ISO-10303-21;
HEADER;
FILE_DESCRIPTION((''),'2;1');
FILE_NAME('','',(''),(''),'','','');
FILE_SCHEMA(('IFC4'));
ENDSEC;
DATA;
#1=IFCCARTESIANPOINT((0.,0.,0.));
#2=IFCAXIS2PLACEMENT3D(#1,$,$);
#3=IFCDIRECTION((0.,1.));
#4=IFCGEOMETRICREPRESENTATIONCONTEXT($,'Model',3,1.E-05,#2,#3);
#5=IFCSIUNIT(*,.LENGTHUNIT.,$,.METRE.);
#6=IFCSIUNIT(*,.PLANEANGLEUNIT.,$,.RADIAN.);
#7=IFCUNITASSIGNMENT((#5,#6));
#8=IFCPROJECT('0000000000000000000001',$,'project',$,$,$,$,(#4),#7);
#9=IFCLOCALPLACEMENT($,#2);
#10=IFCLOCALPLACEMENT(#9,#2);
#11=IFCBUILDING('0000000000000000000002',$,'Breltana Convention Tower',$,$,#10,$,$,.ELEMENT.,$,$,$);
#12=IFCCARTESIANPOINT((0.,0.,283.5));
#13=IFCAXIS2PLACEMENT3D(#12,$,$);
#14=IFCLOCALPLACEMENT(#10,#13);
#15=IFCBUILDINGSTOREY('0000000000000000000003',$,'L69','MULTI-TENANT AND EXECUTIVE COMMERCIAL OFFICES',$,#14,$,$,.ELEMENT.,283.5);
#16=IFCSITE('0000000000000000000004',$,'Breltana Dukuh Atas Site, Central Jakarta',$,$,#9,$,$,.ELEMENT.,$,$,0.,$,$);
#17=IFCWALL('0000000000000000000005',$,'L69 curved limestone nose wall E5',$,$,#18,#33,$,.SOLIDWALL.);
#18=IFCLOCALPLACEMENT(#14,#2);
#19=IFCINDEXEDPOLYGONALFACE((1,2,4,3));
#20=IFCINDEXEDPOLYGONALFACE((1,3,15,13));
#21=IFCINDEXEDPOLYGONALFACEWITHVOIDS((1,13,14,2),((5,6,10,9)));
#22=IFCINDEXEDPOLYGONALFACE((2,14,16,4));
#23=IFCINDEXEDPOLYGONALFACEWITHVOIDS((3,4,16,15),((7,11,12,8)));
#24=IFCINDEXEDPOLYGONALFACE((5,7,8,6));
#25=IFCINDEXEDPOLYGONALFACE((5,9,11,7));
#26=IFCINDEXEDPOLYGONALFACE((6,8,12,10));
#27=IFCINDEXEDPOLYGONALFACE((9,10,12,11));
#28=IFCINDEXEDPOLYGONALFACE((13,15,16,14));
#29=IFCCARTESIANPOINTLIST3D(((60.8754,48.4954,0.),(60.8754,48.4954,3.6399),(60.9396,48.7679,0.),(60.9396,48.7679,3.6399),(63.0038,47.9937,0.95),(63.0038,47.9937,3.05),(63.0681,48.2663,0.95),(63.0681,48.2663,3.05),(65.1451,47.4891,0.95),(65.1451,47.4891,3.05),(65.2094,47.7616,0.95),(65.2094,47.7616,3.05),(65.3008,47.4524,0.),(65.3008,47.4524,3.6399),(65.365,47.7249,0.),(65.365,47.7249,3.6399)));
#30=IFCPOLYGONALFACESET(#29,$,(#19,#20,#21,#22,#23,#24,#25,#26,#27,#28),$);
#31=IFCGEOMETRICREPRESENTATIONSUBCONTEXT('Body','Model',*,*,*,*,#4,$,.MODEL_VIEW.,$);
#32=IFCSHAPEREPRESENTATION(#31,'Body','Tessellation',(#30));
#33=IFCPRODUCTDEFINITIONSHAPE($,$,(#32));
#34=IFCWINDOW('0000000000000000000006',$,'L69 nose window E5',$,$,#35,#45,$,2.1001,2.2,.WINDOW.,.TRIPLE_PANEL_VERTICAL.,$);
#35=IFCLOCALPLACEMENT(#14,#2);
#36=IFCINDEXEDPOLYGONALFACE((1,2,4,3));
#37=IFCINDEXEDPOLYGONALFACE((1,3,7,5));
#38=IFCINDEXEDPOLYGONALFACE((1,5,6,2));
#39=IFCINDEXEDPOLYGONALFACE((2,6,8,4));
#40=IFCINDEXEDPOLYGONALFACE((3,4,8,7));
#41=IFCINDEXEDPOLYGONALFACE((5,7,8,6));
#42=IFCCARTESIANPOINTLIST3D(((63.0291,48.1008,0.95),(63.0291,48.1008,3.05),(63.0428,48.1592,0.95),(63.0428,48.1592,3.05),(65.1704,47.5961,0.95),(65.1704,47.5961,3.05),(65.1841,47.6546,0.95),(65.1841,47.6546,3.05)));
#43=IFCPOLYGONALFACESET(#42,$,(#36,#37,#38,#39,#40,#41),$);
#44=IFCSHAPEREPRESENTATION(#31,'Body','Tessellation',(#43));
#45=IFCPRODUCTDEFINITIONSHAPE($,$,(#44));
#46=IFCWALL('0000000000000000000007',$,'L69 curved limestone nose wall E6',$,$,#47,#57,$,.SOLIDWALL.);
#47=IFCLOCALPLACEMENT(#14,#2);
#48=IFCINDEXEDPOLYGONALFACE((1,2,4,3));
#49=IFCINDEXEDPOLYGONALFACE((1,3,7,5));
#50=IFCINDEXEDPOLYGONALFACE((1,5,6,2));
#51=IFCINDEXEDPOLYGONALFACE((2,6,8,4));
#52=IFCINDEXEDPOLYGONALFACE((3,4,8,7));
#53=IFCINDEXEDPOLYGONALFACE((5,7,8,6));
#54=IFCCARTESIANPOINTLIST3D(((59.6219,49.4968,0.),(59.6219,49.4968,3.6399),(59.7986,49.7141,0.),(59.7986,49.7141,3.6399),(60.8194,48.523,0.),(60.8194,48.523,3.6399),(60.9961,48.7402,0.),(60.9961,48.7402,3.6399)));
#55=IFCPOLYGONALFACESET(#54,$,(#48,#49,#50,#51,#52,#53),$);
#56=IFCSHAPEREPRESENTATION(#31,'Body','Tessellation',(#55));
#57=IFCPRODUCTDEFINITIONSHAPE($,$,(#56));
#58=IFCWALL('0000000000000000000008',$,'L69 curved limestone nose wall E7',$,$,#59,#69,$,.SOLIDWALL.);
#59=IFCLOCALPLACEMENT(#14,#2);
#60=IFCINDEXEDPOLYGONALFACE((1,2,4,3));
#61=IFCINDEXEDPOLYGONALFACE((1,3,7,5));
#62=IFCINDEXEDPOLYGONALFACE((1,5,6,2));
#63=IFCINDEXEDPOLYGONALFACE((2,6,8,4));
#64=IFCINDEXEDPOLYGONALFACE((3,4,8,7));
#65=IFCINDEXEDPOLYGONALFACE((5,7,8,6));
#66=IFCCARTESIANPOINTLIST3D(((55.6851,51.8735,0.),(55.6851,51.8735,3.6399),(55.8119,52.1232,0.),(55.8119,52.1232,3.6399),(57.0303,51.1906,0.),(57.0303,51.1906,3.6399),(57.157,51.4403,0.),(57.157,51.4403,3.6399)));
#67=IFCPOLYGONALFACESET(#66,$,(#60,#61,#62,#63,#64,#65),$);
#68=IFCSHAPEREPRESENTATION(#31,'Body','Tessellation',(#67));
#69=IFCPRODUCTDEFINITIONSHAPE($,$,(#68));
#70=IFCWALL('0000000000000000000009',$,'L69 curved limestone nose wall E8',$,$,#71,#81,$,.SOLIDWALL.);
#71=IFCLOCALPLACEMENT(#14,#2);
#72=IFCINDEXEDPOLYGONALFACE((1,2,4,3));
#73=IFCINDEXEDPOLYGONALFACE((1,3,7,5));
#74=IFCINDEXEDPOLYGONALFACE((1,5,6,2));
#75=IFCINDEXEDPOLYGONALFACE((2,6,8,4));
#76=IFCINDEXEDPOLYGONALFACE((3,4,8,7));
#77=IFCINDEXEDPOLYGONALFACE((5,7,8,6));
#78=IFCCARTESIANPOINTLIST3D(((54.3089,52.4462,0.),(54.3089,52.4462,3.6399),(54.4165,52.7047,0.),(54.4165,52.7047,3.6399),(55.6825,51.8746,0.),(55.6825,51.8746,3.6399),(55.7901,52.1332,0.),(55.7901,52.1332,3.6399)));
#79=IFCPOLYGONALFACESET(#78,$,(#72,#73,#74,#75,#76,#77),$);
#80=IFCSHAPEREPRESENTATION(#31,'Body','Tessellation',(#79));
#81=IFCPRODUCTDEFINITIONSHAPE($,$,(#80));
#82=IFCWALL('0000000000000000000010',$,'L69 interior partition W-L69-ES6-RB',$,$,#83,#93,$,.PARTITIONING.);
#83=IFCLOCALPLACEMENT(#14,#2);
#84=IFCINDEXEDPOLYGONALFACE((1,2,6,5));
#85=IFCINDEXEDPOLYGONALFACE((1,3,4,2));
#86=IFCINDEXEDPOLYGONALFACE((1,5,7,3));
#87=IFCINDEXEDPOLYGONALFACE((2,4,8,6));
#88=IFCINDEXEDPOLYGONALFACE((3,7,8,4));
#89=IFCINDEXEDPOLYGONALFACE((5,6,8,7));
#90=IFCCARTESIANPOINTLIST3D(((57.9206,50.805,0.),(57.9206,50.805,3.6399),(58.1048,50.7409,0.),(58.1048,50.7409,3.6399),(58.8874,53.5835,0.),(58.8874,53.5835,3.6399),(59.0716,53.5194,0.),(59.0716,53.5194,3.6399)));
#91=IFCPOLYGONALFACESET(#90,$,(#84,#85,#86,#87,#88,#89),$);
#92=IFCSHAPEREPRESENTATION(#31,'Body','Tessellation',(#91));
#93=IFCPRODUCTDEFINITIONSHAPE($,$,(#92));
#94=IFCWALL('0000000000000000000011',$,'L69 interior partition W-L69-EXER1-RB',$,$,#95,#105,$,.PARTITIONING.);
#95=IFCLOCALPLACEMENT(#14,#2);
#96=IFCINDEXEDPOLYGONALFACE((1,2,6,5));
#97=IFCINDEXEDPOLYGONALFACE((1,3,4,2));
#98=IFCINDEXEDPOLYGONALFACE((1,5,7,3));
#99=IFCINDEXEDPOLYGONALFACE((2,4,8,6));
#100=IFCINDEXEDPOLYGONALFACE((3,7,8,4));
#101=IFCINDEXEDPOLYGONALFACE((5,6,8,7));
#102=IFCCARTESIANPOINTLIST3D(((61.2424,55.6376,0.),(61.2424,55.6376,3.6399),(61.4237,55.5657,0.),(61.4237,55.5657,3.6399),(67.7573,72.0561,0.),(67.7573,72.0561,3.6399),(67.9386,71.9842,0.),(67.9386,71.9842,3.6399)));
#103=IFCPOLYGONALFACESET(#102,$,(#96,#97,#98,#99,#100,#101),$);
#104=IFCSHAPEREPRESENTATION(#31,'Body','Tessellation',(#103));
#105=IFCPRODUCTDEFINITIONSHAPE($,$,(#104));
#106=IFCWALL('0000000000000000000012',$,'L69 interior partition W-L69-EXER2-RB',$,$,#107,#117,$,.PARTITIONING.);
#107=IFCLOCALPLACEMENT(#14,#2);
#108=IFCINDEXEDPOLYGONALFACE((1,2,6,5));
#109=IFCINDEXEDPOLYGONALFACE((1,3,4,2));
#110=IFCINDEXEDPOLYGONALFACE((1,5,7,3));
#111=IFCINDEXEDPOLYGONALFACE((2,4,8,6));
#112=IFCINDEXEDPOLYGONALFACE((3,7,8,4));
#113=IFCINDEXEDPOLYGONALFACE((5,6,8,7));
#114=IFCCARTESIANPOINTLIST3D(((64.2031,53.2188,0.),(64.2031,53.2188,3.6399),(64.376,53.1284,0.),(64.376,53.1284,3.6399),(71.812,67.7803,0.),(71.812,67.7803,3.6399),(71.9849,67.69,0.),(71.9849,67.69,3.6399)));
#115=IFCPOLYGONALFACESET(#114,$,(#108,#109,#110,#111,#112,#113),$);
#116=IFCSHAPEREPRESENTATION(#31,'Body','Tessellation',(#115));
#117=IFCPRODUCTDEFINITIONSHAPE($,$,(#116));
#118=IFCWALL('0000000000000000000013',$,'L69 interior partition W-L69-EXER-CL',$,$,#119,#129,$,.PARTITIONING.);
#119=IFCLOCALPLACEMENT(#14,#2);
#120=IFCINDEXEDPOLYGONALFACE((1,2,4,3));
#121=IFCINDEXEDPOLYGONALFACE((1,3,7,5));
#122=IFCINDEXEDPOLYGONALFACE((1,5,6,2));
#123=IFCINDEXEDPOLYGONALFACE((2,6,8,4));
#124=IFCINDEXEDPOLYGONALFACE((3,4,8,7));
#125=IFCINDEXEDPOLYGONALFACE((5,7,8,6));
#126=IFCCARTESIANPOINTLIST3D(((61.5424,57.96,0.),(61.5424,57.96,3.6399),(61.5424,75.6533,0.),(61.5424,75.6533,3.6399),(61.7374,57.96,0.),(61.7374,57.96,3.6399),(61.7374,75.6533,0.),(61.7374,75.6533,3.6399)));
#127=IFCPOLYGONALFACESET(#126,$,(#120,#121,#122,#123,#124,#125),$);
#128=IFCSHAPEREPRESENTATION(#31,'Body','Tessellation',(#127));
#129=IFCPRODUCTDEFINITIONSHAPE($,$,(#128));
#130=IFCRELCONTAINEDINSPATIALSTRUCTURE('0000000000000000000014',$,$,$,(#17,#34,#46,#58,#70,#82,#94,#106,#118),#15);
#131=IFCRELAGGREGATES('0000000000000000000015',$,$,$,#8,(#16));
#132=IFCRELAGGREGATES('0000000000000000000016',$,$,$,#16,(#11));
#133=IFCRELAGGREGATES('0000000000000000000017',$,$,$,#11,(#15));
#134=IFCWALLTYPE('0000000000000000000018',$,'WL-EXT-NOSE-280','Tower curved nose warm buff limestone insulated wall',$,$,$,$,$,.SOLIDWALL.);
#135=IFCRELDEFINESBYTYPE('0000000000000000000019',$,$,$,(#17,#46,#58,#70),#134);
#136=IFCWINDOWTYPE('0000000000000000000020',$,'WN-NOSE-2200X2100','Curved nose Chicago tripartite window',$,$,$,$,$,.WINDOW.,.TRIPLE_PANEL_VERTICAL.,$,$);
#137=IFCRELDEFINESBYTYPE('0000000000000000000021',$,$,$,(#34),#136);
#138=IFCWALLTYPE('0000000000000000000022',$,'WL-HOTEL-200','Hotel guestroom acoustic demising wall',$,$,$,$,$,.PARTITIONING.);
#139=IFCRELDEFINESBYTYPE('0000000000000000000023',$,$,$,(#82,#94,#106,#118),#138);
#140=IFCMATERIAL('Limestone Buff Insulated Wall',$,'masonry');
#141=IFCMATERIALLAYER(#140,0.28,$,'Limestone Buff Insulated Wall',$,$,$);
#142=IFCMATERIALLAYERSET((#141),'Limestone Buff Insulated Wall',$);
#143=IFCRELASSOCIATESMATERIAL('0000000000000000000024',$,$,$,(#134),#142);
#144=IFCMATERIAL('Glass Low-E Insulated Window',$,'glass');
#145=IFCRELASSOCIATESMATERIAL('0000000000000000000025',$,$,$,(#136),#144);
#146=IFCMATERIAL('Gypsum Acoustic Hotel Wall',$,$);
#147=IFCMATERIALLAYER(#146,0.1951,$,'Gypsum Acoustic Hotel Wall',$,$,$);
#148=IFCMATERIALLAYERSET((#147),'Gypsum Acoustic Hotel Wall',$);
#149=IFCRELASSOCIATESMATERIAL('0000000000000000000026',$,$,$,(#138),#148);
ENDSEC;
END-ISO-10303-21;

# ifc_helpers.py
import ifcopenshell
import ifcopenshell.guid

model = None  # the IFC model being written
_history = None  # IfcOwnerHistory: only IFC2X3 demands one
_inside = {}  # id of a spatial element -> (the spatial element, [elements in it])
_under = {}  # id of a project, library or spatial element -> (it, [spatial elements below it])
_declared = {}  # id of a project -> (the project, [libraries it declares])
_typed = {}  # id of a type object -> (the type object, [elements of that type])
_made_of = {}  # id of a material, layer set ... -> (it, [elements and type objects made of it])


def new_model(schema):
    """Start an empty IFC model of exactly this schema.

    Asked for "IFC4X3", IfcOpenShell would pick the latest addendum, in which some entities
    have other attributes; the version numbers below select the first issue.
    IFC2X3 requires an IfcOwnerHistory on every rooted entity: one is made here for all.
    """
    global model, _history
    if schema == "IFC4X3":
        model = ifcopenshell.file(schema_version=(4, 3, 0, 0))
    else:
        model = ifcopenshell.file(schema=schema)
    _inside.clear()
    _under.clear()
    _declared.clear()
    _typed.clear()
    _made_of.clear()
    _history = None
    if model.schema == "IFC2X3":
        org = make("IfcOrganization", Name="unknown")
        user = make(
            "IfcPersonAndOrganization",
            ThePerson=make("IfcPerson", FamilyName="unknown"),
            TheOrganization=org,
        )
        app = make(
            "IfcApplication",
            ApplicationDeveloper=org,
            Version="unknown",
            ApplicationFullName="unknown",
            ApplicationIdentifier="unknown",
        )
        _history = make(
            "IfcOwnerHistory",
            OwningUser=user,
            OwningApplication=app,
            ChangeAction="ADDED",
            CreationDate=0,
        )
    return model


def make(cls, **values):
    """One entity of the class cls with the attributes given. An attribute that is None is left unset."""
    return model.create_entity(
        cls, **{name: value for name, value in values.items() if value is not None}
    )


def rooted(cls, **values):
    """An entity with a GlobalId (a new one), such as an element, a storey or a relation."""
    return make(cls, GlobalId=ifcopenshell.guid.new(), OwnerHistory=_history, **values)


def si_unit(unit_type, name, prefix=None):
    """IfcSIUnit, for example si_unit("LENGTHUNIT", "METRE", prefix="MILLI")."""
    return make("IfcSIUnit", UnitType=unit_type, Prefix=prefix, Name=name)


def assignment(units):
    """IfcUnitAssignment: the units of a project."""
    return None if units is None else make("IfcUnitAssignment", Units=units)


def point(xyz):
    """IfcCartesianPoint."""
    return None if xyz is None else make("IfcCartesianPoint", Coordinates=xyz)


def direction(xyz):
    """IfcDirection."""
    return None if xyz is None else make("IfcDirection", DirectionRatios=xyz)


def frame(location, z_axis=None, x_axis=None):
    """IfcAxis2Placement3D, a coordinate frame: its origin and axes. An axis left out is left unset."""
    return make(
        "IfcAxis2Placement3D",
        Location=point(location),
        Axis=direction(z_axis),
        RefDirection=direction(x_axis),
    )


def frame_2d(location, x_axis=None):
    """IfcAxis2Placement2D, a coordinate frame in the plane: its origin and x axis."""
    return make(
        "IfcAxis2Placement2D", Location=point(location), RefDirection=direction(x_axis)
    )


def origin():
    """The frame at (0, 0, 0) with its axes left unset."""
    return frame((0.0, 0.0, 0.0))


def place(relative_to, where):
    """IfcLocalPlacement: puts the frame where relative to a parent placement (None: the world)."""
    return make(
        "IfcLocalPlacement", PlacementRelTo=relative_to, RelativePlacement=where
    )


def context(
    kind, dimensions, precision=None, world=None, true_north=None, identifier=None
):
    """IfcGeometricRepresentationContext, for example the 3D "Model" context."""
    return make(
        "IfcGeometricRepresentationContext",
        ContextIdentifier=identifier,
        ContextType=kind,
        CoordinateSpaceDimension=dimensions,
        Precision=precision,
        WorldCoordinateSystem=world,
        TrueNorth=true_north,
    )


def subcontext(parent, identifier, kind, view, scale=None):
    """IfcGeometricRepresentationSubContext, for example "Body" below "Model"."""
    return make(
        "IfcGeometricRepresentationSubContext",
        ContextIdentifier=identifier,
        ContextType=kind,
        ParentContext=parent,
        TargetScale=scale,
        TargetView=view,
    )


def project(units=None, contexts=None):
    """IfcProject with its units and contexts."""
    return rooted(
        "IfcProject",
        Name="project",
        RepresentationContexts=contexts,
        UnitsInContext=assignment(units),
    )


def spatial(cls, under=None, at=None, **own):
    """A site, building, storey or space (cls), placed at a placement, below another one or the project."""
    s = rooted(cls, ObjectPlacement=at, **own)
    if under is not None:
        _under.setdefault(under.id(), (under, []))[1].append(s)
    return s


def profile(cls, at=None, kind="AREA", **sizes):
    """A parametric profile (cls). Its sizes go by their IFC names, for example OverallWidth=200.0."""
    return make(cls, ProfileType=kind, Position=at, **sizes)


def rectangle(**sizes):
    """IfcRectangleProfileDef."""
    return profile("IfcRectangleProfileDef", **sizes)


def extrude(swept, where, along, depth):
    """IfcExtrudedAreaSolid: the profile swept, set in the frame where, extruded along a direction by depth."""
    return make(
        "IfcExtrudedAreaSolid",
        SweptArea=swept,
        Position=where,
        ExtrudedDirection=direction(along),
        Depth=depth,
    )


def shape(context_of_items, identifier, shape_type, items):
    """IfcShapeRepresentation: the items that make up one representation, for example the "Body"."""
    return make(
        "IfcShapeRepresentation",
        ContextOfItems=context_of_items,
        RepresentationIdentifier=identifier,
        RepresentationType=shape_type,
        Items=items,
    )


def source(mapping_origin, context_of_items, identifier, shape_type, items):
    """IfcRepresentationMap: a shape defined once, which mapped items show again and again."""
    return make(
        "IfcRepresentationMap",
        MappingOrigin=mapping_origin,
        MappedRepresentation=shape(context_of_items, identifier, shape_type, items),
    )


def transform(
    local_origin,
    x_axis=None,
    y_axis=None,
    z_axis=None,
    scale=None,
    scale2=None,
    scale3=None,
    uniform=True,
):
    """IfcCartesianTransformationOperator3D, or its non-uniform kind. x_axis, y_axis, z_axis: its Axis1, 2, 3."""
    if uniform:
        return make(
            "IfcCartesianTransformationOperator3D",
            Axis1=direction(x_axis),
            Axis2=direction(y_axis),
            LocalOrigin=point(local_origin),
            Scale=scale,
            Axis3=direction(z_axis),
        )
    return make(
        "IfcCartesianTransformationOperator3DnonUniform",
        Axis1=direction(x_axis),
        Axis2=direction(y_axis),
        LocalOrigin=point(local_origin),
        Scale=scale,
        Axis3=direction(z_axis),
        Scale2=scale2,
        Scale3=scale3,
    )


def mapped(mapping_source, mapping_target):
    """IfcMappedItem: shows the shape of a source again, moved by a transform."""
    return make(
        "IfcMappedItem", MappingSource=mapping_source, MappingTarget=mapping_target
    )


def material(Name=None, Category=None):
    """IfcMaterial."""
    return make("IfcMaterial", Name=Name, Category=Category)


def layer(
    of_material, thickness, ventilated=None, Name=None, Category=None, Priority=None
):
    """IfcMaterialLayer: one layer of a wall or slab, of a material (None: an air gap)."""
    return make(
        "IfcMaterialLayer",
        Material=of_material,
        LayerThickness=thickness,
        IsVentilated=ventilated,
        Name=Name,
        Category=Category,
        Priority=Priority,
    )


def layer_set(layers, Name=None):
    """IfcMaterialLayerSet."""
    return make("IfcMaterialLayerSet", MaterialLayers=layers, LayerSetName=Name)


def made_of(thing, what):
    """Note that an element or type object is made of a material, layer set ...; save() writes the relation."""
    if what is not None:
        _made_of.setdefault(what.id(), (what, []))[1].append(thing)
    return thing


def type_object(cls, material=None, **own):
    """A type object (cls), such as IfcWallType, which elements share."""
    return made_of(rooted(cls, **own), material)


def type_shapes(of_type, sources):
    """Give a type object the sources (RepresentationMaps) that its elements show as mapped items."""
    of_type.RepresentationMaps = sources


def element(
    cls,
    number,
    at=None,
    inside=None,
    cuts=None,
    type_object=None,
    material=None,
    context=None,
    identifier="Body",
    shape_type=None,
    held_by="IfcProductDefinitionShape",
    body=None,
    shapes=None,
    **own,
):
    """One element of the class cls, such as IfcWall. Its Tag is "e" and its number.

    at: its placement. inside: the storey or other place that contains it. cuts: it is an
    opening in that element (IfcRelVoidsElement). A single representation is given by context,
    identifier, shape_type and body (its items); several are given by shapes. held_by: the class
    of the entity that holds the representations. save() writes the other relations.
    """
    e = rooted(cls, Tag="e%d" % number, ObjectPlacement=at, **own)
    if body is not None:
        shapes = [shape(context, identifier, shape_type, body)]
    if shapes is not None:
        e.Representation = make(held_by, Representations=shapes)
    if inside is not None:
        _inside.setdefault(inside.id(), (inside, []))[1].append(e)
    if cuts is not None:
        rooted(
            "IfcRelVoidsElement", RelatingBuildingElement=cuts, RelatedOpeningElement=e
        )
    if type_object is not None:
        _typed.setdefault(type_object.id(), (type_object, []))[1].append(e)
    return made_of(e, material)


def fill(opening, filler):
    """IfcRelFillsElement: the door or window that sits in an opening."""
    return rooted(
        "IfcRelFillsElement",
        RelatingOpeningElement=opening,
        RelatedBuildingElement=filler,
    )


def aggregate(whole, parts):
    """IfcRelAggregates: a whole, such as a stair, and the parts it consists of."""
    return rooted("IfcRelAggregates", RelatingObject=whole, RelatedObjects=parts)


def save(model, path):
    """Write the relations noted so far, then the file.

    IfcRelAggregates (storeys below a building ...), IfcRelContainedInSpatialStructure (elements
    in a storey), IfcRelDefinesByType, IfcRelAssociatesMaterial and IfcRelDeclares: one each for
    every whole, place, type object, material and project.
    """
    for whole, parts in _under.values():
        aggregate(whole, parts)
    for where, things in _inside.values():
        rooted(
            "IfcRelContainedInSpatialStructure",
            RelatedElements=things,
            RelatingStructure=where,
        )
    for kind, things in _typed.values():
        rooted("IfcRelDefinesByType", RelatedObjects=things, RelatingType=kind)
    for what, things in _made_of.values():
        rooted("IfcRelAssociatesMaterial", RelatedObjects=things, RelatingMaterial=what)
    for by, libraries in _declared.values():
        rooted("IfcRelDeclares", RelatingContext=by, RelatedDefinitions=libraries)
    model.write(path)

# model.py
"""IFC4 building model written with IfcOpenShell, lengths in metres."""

from ifc_helpers import new_model, si_unit, direction, frame, frame_2d, origin, place, context, subcontext, project, spatial, rectangle, extrude, source, transform, mapped, material, layer, layer_set, type_object, type_shapes, element, fill, save


model = new_model("IFC4")

# Units and contexts
model_context = context("Model", 3, precision=1e-05, world=origin(), true_north=direction((0.0, 1.0)))
body_context = subcontext(model_context, "Body", "Model", "MODEL_VIEW")
ifc_project = project(units=[si_unit("LENGTHUNIT", "METRE"), si_unit("PLANEANGLEUNIT", "RADIAN")], contexts=[model_context])

# Site, building, storey
site_placement = place(None, origin())
site = spatial("IfcSite", under=ifc_project, at=site_placement, Name="Breltana Dukuh Atas Site, Central Jakarta", CompositionType="ELEMENT", RefElevation=0.0)
building_placement = place(site_placement, origin())
building = spatial("IfcBuilding", under=site, at=building_placement, Name="Breltana Convention Tower", CompositionType="ELEMENT")
storey_placement = place(building_placement, frame((0.0, 0.0, 283.5)))
storey = spatial("IfcBuildingStorey", under=building, at=storey_placement, Name="L69", Description="MULTI-TENANT AND EXECUTIVE COMMERCIAL OFFICES", CompositionType="ELEMENT", Elevation=283.5)

# Wall, opening, window
ifc_material_1 = material(Name="Limestone Buff Insulated Wall", Category="masonry")
ifc_layer_1 = layer(ifc_material_1, 0.28, Name="Limestone Buff Insulated Wall")
ifc_layer_set_1 = layer_set([ifc_layer_1], Name="Limestone Buff Insulated Wall")
wall_type_1 = type_object("IfcWallType", Name="WL-EXT-NOSE-280", Description="Tower curved nose warm buff limestone insulated wall", PredefinedType="SOLIDWALL", material=ifc_layer_set_1)
ifc_material_2 = material(Name="Glass Low-E Insulated Window", Category="glass")
window_type = type_object("IfcWindowType", Name="WN-NOSE-2200X2100", Description="Curved nose Chicago tripartite window", PartitioningType="TRIPLE_PANEL_VERTICAL", PredefinedType="WINDOW", material=ifc_material_2)
shared_shape_1 = source(origin(), body_context, "Body", "SweptSolid", [
    extrude(rectangle(XDim=2.2, YDim=2.1001, at=frame_2d((1.1001, 1.05))), frame((0.0, 0.03, 0.0), z_axis=(0.0, -1.0, 0.0), x_axis=(1.0, 0.0, 0.0)), (0.0, 0.0, 1.0), 0.0601),
])
type_shapes(window_type, [shared_shape_1])
shared_shape_2 = source(origin(), body_context, "Body", "SweptSolid", [
    extrude(rectangle(XDim=4.5466, YDim=0.28, at=frame_2d((2.2734, 0.0))), origin(), (0.0, 0.0, 1.0), 3.6399),
])
wall_1_placement = place(storey_placement, frame((65.333, 47.5886, 0.0), z_axis=(0.0, 0.0, 1.0), x_axis=(-0.973333, 0.229398, 0.0)))
wall_1 = element("IfcWall", 1, at=wall_1_placement, inside=storey, type_object=wall_type_1, Name="L69 curved limestone nose wall E5", PredefinedType="SOLIDWALL", context=body_context, shape_type="MappedRepresentation", body=[
    mapped(shared_shape_2, transform((0.0, 0.0, 0.0), scale=1.0)),
])
opening_1_placement = place(wall_1_placement, frame((0.1599, 0.0, 0.95)))
opening_1 = element("IfcOpeningElement", 2, at=opening_1_placement, cuts=wall_1, PredefinedType="OPENING", context=body_context, shape_type="SweptSolid", body=[
    extrude(rectangle(XDim=2.2, YDim=2.1001, at=frame_2d((1.1001, 1.05))), frame((0.0, 0.1499, 0.0), z_axis=(0.0, -1.0, 0.0), x_axis=(1.0, 0.0, 0.0)), (0.0, 0.0, 1.0), 0.3),
])
window_1_placement = place(opening_1_placement, origin())
window_1 = element("IfcWindow", 3, at=window_1_placement, inside=storey, type_object=window_type, Name="L69 nose window E5", OverallHeight=2.1001, OverallWidth=2.2, PartitioningType="TRIPLE_PANEL_VERTICAL", PredefinedType="WINDOW", context=body_context, shape_type="MappedRepresentation", body=[
    mapped(shared_shape_1, transform((0.0, 0.0, 0.0), scale=1.0)),
])
fill(opening_1, window_1)

# Walls
shared_shape_3 = source(origin(), body_context, "Body", "SweptSolid", [
    extrude(rectangle(XDim=1.5435, YDim=0.28, at=frame_2d((0.7717, 0.0))), origin(), (0.0, 0.0, 1.0), 3.6399),
])
wall_2_placement = place(storey_placement, frame((60.9077, 48.6316, 0.0), z_axis=(0.0, 0.0, 1.0), x_axis=(-0.775828, 0.630944, 0.0)))
element("IfcWall", 4, at=wall_2_placement, inside=storey, type_object=wall_type_1, Name="L69 curved limestone nose wall E6", PredefinedType="SOLIDWALL", context=body_context, shape_type="MappedRepresentation", body=[
    mapped(shared_shape_3, transform((0.0, 0.0, 0.0), scale=1.0)),
])
shared_shape_4 = source(origin(), body_context, "Body", "SweptSolid", [
    extrude(rectangle(XDim=1.5085, YDim=0.28, at=frame_2d((0.7544, 0.0))), origin(), (0.0, 0.0, 1.0), 3.6399),
])
wall_3_placement = place(storey_placement, frame((57.0938, 51.3154, 0.0), z_axis=(0.0, 0.0, 1.0), x_axis=(-0.891692, 0.452643, 0.0)))
element("IfcWall", 5, at=wall_3_placement, inside=storey, type_object=wall_type_1, Name="L69 curved limestone nose wall E7", PredefinedType="SOLIDWALL", context=body_context, shape_type="MappedRepresentation", body=[
    mapped(shared_shape_4, transform((0.0, 0.0, 0.0), scale=1.0)),
])
shared_shape_5 = source(origin(), body_context, "Body", "SweptSolid", [
    extrude(rectangle(XDim=1.4878, YDim=0.28, at=frame_2d((0.7439, 0.0))), origin(), (0.0, 0.0, 1.0), 3.6399),
])
wall_4_placement = place(storey_placement, frame((55.7363, 52.0039, 0.0), z_axis=(0.0, 0.0, 1.0), x_axis=(-0.923261, 0.384173, 0.0)))
element("IfcWall", 6, at=wall_4_placement, inside=storey, type_object=wall_type_1, Name="L69 curved limestone nose wall E8", PredefinedType="SOLIDWALL", context=body_context, shape_type="MappedRepresentation", body=[
    mapped(shared_shape_5, transform((0.0, 0.0, 0.0), scale=1.0)),
])
ifc_material_3 = material(Name="Gypsum Acoustic Hotel Wall")
ifc_layer_2 = layer(ifc_material_3, 0.1951, Name="Gypsum Acoustic Hotel Wall")
ifc_layer_set_2 = layer_set([ifc_layer_2], Name="Gypsum Acoustic Hotel Wall")
wall_type_2 = type_object("IfcWallType", Name="WL-HOTEL-200", Description="Hotel guestroom acoustic demising wall", PredefinedType="PARTITIONING", material=ifc_layer_set_2)
shared_shape_6 = source(origin(), body_context, "Body", "SweptSolid", [
    extrude(rectangle(XDim=2.9419, YDim=0.1951, at=frame_2d((1.4709, 0.0))), origin(), (0.0, 0.0, 1.0), 3.6399),
])
wall_5_placement = place(storey_placement, frame((58.0127, 50.7729, 0.0), z_axis=(0.0, 0.0, 1.0), x_axis=(0.328624, 0.944461, 0.0)))
element("IfcWall", 7, at=wall_5_placement, inside=storey, type_object=wall_type_2, Name="L69 interior partition W-L69-ES6-RB", PredefinedType="PARTITIONING", context=body_context, shape_type="MappedRepresentation", body=[
    mapped(shared_shape_6, transform((0.0, 0.0, 0.0), scale=1.0)),
])

# Wall
shared_shape_7 = source(origin(), body_context, "Body", "SweptSolid", [
    extrude(rectangle(XDim=17.6638, YDim=0.1951, at=frame_2d((8.832, 0.0))), origin(), (0.0, 0.0, 1.0), 3.6399),
])
wall_6_placement = place(storey_placement, frame((61.333, 55.6016, 0.0), z_axis=(0.0, 0.0, 1.0), x_axis=(0.368828, 0.929498, 0.0)))
element("IfcWall", 8, at=wall_6_placement, inside=storey, type_object=wall_type_2, Name="L69 interior partition W-L69-EXER1-RB", PredefinedType="PARTITIONING", context=body_context, shape_type="MappedRepresentation", body=[
    mapped(shared_shape_7, transform((0.0, 0.0, 0.0), scale=1.0)),
])

# Walls
shared_shape_8 = source(origin(), body_context, "Body", "SweptSolid", [
    extrude(rectangle(XDim=16.4297, YDim=0.1951, at=frame_2d((8.2148, 0.0))), origin(), (0.0, 0.0, 1.0), 3.6399),
])
wall_7_placement = place(storey_placement, frame((64.2896, 53.1736, 0.0), z_axis=(0.0, 0.0, 1.0), x_axis=(0.463119, 0.886296, 0.0)))
element("IfcWall", 9, at=wall_7_placement, inside=storey, type_object=wall_type_2, Name="L69 interior partition W-L69-EXER2-RB", PredefinedType="PARTITIONING", context=body_context, shape_type="MappedRepresentation", body=[
    mapped(shared_shape_8, transform((0.0, 0.0, 0.0), scale=1.0)),
])
shared_shape_9 = source(origin(), body_context, "Body", "SweptSolid", [
    extrude(rectangle(XDim=17.6934, YDim=0.1951, at=frame_2d((8.8467, 0.0))), origin(), (0.0, 0.0, 1.0), 3.6399),
])
wall_8_placement = place(storey_placement, frame((61.6399, 57.96, 0.0), z_axis=(0.0, 0.0, 1.0), x_axis=(0.0, 1.0, 0.0)))
element("IfcWall", 10, at=wall_8_placement, inside=storey, type_object=wall_type_2, Name="L69 interior partition W-L69-EXER-CL", PredefinedType="PARTITIONING", context=body_context, shape_type="MappedRepresentation", body=[
    mapped(shared_shape_9, transform((0.0, 0.0, 0.0), scale=1.0)),
])

save(model, "model.ifc")
